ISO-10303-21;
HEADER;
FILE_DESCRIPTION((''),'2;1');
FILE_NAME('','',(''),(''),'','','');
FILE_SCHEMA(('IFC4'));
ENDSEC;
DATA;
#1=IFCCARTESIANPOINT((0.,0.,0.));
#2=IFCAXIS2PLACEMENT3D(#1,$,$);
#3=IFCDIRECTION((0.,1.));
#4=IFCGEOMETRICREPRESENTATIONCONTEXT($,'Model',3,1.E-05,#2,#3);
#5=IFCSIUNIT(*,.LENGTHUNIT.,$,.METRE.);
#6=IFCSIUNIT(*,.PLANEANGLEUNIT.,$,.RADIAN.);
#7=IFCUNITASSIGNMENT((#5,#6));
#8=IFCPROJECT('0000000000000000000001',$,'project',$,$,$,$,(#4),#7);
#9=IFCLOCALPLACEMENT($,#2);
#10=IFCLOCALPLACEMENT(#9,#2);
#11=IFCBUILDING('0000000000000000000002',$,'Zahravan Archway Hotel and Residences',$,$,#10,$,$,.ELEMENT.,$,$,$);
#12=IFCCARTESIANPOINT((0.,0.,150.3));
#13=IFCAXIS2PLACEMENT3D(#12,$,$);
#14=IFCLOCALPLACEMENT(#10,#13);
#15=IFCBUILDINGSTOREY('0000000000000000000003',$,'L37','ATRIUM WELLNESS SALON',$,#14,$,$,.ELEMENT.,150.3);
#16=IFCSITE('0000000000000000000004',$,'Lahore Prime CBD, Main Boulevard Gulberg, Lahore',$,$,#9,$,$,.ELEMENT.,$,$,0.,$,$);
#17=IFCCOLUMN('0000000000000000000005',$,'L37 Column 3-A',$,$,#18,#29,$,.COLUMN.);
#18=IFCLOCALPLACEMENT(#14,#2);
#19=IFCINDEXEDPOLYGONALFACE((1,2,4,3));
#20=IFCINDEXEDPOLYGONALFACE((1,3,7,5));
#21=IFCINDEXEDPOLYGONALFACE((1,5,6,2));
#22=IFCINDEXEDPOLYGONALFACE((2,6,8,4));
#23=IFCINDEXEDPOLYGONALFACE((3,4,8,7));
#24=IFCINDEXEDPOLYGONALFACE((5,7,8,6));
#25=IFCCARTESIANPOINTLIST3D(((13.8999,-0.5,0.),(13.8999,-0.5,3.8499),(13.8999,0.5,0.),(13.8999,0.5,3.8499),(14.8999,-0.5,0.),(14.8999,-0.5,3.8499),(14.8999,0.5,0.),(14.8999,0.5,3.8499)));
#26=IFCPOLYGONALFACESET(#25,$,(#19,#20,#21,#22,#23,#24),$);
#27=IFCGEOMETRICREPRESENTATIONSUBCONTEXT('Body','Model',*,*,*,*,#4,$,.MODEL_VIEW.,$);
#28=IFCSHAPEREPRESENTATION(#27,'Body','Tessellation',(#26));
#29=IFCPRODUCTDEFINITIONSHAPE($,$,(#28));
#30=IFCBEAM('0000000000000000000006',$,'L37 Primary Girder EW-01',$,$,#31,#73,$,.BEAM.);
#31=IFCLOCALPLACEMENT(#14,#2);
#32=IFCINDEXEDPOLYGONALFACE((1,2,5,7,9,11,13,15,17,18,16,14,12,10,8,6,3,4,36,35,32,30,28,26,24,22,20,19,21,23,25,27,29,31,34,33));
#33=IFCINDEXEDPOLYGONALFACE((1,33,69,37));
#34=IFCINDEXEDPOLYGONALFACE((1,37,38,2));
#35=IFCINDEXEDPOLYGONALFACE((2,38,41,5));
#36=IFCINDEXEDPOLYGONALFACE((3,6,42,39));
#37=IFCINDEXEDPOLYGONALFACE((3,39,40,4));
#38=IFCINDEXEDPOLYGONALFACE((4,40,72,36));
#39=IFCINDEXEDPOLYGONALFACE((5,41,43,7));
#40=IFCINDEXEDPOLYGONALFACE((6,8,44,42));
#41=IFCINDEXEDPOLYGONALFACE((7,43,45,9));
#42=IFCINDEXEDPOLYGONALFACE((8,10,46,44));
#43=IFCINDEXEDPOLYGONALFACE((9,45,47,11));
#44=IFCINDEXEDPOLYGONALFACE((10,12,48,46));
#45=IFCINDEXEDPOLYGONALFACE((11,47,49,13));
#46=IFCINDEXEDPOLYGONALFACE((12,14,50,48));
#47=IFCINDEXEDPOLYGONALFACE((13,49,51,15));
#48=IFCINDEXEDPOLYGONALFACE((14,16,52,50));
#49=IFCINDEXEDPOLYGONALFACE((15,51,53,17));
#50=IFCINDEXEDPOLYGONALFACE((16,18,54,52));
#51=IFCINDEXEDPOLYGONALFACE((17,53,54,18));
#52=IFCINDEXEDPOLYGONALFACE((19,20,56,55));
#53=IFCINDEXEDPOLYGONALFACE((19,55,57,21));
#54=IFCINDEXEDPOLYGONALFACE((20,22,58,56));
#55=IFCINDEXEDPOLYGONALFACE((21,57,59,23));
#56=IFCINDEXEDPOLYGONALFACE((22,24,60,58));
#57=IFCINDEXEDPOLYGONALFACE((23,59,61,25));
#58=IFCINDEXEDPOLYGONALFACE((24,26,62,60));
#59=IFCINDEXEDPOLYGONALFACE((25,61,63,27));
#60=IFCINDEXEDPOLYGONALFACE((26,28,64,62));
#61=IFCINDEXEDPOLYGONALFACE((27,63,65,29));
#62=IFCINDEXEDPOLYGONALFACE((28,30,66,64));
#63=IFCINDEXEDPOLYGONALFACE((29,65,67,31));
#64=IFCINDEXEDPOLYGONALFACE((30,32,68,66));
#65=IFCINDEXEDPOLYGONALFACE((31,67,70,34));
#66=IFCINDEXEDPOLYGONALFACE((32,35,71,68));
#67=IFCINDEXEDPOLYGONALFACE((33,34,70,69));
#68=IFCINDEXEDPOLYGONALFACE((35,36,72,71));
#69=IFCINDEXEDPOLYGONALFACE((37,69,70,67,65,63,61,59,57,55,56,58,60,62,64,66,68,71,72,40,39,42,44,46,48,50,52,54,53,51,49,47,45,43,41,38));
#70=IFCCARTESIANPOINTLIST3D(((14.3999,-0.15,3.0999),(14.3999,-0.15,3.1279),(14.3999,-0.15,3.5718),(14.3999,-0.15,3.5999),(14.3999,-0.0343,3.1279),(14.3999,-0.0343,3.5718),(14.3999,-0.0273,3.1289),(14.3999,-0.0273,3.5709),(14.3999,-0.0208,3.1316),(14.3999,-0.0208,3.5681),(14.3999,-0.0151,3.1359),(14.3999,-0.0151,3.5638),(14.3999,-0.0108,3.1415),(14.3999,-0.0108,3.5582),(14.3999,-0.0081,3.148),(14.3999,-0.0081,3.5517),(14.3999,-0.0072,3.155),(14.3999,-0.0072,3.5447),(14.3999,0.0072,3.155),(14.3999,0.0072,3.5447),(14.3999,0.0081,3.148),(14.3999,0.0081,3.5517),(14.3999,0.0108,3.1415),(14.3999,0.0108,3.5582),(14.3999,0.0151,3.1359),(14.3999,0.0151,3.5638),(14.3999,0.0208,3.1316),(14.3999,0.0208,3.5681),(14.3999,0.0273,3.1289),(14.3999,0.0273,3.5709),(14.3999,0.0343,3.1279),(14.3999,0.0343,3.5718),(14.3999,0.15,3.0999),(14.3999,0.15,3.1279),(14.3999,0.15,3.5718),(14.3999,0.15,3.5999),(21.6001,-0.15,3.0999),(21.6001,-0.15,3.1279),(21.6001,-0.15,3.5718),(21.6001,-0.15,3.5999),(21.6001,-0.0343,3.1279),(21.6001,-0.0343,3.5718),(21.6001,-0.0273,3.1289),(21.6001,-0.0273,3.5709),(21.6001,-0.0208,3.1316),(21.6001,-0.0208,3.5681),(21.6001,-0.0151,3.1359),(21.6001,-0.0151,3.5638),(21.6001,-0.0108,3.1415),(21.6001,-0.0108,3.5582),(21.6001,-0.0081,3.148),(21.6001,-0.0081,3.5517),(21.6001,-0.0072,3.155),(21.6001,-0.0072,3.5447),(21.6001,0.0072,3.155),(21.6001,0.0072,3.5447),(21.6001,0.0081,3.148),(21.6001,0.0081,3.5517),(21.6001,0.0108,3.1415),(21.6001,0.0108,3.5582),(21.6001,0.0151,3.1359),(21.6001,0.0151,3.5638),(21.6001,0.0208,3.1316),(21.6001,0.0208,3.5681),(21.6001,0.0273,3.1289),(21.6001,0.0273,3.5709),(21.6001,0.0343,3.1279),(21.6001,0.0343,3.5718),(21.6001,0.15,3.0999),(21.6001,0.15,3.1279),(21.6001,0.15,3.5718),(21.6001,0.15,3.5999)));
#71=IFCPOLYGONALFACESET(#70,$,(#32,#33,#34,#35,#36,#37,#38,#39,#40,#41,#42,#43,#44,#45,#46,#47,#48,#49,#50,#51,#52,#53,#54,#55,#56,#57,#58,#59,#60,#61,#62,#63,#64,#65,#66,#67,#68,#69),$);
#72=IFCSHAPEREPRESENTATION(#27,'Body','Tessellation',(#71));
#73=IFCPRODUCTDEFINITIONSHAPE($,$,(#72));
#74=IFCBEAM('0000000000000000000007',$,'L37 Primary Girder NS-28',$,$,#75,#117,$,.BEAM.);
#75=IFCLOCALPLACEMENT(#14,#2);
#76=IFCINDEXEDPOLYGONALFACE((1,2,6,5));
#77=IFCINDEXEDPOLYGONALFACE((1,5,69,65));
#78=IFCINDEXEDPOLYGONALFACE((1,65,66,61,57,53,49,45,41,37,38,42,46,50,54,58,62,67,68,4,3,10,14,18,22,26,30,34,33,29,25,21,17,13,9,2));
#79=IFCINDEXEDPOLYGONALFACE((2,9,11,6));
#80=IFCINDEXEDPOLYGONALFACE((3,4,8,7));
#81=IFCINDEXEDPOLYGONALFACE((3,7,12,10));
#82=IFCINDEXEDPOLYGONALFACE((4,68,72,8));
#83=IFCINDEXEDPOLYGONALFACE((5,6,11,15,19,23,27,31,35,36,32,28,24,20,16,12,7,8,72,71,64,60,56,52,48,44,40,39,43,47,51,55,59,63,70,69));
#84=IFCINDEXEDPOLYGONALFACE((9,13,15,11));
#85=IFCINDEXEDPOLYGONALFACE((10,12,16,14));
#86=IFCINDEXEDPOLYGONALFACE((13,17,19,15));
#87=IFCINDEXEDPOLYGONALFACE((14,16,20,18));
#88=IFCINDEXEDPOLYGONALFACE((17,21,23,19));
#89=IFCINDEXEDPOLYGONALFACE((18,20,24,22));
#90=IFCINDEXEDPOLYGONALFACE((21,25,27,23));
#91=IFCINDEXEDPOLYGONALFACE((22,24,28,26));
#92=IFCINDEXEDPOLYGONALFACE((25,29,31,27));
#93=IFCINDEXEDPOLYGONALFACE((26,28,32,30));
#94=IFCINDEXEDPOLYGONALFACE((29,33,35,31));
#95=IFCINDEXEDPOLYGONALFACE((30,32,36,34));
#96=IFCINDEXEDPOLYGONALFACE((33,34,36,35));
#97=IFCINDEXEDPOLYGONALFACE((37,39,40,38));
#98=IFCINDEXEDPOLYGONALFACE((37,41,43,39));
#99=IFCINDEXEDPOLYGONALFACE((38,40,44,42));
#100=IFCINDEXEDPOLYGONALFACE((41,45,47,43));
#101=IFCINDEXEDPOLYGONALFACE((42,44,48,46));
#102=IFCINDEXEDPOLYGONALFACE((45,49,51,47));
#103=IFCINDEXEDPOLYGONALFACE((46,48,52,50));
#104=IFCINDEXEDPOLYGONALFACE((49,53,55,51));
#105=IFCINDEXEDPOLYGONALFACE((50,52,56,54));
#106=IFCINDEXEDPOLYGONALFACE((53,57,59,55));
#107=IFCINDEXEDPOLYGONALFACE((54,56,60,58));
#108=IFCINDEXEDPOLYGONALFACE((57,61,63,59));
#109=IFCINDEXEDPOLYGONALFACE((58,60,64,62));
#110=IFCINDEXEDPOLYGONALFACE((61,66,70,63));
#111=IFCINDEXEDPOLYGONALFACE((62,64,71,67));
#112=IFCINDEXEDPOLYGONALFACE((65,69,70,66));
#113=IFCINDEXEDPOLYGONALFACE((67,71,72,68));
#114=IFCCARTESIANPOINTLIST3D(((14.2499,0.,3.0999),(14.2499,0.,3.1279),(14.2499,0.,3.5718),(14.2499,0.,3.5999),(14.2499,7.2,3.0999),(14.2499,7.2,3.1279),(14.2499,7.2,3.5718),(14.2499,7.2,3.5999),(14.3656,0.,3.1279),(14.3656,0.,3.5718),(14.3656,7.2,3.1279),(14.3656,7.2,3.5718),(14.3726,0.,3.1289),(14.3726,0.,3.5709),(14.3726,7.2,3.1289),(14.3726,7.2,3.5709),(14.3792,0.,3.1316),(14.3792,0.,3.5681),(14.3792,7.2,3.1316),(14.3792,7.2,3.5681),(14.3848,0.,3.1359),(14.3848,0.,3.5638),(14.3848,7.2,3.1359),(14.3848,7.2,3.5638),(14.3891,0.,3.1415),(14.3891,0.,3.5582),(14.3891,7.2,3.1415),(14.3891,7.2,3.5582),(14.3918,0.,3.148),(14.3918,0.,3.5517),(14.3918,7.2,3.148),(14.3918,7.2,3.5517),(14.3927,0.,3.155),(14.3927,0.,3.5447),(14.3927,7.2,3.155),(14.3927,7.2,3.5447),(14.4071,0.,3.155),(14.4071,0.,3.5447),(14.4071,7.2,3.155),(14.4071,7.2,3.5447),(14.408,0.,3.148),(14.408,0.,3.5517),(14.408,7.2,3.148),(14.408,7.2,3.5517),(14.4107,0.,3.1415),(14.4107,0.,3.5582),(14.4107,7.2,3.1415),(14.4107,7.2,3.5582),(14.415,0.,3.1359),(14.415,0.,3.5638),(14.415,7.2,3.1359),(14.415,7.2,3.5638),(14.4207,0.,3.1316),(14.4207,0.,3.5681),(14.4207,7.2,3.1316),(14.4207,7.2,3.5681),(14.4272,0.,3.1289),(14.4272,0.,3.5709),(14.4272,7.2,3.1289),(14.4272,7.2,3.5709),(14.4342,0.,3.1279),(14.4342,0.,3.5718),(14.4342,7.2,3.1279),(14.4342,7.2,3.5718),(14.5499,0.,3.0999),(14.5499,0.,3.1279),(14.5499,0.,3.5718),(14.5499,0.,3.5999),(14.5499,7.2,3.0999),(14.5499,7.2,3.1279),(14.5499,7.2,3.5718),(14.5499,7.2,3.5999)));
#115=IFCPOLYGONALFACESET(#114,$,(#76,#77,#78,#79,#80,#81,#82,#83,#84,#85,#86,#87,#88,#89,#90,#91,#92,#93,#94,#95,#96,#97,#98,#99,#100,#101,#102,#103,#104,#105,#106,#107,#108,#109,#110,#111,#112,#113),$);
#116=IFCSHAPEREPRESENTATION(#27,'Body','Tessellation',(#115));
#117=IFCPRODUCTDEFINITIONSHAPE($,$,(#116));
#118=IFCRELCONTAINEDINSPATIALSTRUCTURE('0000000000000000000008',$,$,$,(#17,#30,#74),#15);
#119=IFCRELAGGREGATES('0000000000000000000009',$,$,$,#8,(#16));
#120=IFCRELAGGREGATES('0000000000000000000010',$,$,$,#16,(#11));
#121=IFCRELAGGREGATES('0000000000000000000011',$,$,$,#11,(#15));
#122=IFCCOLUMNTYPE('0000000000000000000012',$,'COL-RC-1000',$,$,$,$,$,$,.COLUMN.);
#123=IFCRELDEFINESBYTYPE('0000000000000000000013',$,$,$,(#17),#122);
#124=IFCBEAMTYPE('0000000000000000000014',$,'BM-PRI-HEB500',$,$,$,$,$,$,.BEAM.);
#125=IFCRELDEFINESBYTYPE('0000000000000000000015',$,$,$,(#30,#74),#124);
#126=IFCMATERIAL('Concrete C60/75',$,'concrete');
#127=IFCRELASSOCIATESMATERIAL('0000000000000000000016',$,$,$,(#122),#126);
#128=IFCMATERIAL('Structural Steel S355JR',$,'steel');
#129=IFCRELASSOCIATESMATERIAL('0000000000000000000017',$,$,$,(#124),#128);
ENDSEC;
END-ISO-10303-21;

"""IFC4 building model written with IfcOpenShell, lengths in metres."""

from ifc_helpers import new_model, si_unit, direction, frame, origin, origin_2d, place, context, subcontext, project, spatial, rectangle, i_section, extrude, source, transform, mapped, material, material_profile, profile_set, type_object, type_shapes, element, save


model = new_model("IFC4")

# Units and contexts
model_context = context("Model", 3, precision=1e-05, world=origin(), true_north=direction((0.0, 1.0)))
body_context = subcontext(model_context, "Body", "Model", "MODEL_VIEW")
ifc_project = project(units=[si_unit("LENGTHUNIT", "METRE"), si_unit("PLANEANGLEUNIT", "RADIAN")], contexts=[model_context])

# Site, building, storey
site_placement = place(None, origin())
site = spatial("IfcSite", under=ifc_project, at=site_placement, Name="Lahore Prime CBD, Main Boulevard Gulberg, Lahore", CompositionType="ELEMENT", RefElevation=0.0)
building_placement = place(site_placement, origin())
building = spatial("IfcBuilding", under=site, at=building_placement, Name="Zahravan Archway Hotel and Residences", CompositionType="ELEMENT")
storey_placement = place(building_placement, frame((0.0, 0.0, 150.3)))
storey = spatial("IfcBuildingStorey", under=building, at=storey_placement, Name="L37", Description="ATRIUM WELLNESS SALON", CompositionType="ELEMENT", Elevation=150.3)

# Column
ifc_material_1 = material(Name="Concrete C60/75", Category="concrete")
ifc_material_profile_1 = material_profile(ifc_material_1, rectangle(XDim=1.0, YDim=1.0, at=origin_2d()), Name="RC-COL-1000x1000", Category="concrete")
ifc_profile_set_1 = profile_set([ifc_material_profile_1], Name="Concrete C60/75")
column_type = type_object("IfcColumnType", Name="COL-RC-1000", PredefinedType="COLUMN", material=ifc_profile_set_1)
shared_shape_1 = source(origin(), body_context, "Body", "SweptSolid", [
    extrude(rectangle(XDim=1.0, YDim=1.0, at=origin_2d()), origin(), (0.0, 0.0, 1.0), 3.8499),
])
column_placement = place(storey_placement, frame((14.3999, 0.0, 0.0), z_axis=(0.0, 0.0, 1.0), x_axis=(1.0, 0.0, 0.0)))
element("IfcColumn", 1, at=column_placement, inside=storey, type_object=column_type, Name="L37 Column 3-A", PredefinedType="COLUMN", context=body_context, shape_type="MappedRepresentation", body=[
    mapped(shared_shape_1, transform((0.0, 0.0, 0.0), scale=1.0)),
])

# Beams
ifc_material_2 = material(Name="Structural Steel S355JR", Category="steel")
ifc_material_profile_2 = material_profile(ifc_material_2, i_section(OverallWidth=0.3, OverallDepth=0.5, WebThickness=0.0144, FlangeThickness=0.0281, FilletRadius=0.0271, at=origin_2d()), Name="HEB 500", Category="steel")
ifc_profile_set_2 = profile_set([ifc_material_profile_2], Name="Structural Steel S355JR")
beam_type = type_object("IfcBeamType", Name="BM-PRI-HEB500", PredefinedType="BEAM", material=ifc_profile_set_2)
shared_shape_2 = source(origin(), body_context, "Body", "SweptSolid", [
    extrude(i_section(OverallWidth=0.3, OverallDepth=0.5, WebThickness=0.0144, FlangeThickness=0.0281, FilletRadius=0.0271, at=origin_2d()), origin(), (0.0, 0.0, 1.0), 7.2002),
])
type_shapes(beam_type, [shared_shape_2])
beam_1_placement = place(storey_placement, frame((14.3999, 0.0, 3.3499), z_axis=(1.0, 0.0, 0.0), x_axis=(0.0, 1.0, 0.0)))
element("IfcBeam", 2, at=beam_1_placement, inside=storey, type_object=beam_type, Name="L37 Primary Girder EW-01", PredefinedType="BEAM", context=body_context, shape_type="MappedRepresentation", body=[
    mapped(shared_shape_2, transform((0.0, 0.0, 0.0), scale=1.0)),
])
shared_shape_3 = source(origin(), body_context, "Body", "SweptSolid", [
    extrude(i_section(OverallWidth=0.3, OverallDepth=0.5, WebThickness=0.0144, FlangeThickness=0.0281, FilletRadius=0.0271, at=origin_2d()), origin(), (0.0, 0.0, 1.0), 7.2),
])
beam_2_placement = place(storey_placement, frame((14.3999, 0.0, 3.3499), z_axis=(0.0, 1.0, 0.0), x_axis=(-1.0, 0.0, 0.0)))
element("IfcBeam", 3, at=beam_2_placement, inside=storey, type_object=beam_type, Name="L37 Primary Girder NS-28", PredefinedType="BEAM", context=body_context, shape_type="MappedRepresentation", body=[
    mapped(shared_shape_3, transform((0.0, 0.0, 0.0), scale=1.0)),
])

save(model, "model.ifc")
